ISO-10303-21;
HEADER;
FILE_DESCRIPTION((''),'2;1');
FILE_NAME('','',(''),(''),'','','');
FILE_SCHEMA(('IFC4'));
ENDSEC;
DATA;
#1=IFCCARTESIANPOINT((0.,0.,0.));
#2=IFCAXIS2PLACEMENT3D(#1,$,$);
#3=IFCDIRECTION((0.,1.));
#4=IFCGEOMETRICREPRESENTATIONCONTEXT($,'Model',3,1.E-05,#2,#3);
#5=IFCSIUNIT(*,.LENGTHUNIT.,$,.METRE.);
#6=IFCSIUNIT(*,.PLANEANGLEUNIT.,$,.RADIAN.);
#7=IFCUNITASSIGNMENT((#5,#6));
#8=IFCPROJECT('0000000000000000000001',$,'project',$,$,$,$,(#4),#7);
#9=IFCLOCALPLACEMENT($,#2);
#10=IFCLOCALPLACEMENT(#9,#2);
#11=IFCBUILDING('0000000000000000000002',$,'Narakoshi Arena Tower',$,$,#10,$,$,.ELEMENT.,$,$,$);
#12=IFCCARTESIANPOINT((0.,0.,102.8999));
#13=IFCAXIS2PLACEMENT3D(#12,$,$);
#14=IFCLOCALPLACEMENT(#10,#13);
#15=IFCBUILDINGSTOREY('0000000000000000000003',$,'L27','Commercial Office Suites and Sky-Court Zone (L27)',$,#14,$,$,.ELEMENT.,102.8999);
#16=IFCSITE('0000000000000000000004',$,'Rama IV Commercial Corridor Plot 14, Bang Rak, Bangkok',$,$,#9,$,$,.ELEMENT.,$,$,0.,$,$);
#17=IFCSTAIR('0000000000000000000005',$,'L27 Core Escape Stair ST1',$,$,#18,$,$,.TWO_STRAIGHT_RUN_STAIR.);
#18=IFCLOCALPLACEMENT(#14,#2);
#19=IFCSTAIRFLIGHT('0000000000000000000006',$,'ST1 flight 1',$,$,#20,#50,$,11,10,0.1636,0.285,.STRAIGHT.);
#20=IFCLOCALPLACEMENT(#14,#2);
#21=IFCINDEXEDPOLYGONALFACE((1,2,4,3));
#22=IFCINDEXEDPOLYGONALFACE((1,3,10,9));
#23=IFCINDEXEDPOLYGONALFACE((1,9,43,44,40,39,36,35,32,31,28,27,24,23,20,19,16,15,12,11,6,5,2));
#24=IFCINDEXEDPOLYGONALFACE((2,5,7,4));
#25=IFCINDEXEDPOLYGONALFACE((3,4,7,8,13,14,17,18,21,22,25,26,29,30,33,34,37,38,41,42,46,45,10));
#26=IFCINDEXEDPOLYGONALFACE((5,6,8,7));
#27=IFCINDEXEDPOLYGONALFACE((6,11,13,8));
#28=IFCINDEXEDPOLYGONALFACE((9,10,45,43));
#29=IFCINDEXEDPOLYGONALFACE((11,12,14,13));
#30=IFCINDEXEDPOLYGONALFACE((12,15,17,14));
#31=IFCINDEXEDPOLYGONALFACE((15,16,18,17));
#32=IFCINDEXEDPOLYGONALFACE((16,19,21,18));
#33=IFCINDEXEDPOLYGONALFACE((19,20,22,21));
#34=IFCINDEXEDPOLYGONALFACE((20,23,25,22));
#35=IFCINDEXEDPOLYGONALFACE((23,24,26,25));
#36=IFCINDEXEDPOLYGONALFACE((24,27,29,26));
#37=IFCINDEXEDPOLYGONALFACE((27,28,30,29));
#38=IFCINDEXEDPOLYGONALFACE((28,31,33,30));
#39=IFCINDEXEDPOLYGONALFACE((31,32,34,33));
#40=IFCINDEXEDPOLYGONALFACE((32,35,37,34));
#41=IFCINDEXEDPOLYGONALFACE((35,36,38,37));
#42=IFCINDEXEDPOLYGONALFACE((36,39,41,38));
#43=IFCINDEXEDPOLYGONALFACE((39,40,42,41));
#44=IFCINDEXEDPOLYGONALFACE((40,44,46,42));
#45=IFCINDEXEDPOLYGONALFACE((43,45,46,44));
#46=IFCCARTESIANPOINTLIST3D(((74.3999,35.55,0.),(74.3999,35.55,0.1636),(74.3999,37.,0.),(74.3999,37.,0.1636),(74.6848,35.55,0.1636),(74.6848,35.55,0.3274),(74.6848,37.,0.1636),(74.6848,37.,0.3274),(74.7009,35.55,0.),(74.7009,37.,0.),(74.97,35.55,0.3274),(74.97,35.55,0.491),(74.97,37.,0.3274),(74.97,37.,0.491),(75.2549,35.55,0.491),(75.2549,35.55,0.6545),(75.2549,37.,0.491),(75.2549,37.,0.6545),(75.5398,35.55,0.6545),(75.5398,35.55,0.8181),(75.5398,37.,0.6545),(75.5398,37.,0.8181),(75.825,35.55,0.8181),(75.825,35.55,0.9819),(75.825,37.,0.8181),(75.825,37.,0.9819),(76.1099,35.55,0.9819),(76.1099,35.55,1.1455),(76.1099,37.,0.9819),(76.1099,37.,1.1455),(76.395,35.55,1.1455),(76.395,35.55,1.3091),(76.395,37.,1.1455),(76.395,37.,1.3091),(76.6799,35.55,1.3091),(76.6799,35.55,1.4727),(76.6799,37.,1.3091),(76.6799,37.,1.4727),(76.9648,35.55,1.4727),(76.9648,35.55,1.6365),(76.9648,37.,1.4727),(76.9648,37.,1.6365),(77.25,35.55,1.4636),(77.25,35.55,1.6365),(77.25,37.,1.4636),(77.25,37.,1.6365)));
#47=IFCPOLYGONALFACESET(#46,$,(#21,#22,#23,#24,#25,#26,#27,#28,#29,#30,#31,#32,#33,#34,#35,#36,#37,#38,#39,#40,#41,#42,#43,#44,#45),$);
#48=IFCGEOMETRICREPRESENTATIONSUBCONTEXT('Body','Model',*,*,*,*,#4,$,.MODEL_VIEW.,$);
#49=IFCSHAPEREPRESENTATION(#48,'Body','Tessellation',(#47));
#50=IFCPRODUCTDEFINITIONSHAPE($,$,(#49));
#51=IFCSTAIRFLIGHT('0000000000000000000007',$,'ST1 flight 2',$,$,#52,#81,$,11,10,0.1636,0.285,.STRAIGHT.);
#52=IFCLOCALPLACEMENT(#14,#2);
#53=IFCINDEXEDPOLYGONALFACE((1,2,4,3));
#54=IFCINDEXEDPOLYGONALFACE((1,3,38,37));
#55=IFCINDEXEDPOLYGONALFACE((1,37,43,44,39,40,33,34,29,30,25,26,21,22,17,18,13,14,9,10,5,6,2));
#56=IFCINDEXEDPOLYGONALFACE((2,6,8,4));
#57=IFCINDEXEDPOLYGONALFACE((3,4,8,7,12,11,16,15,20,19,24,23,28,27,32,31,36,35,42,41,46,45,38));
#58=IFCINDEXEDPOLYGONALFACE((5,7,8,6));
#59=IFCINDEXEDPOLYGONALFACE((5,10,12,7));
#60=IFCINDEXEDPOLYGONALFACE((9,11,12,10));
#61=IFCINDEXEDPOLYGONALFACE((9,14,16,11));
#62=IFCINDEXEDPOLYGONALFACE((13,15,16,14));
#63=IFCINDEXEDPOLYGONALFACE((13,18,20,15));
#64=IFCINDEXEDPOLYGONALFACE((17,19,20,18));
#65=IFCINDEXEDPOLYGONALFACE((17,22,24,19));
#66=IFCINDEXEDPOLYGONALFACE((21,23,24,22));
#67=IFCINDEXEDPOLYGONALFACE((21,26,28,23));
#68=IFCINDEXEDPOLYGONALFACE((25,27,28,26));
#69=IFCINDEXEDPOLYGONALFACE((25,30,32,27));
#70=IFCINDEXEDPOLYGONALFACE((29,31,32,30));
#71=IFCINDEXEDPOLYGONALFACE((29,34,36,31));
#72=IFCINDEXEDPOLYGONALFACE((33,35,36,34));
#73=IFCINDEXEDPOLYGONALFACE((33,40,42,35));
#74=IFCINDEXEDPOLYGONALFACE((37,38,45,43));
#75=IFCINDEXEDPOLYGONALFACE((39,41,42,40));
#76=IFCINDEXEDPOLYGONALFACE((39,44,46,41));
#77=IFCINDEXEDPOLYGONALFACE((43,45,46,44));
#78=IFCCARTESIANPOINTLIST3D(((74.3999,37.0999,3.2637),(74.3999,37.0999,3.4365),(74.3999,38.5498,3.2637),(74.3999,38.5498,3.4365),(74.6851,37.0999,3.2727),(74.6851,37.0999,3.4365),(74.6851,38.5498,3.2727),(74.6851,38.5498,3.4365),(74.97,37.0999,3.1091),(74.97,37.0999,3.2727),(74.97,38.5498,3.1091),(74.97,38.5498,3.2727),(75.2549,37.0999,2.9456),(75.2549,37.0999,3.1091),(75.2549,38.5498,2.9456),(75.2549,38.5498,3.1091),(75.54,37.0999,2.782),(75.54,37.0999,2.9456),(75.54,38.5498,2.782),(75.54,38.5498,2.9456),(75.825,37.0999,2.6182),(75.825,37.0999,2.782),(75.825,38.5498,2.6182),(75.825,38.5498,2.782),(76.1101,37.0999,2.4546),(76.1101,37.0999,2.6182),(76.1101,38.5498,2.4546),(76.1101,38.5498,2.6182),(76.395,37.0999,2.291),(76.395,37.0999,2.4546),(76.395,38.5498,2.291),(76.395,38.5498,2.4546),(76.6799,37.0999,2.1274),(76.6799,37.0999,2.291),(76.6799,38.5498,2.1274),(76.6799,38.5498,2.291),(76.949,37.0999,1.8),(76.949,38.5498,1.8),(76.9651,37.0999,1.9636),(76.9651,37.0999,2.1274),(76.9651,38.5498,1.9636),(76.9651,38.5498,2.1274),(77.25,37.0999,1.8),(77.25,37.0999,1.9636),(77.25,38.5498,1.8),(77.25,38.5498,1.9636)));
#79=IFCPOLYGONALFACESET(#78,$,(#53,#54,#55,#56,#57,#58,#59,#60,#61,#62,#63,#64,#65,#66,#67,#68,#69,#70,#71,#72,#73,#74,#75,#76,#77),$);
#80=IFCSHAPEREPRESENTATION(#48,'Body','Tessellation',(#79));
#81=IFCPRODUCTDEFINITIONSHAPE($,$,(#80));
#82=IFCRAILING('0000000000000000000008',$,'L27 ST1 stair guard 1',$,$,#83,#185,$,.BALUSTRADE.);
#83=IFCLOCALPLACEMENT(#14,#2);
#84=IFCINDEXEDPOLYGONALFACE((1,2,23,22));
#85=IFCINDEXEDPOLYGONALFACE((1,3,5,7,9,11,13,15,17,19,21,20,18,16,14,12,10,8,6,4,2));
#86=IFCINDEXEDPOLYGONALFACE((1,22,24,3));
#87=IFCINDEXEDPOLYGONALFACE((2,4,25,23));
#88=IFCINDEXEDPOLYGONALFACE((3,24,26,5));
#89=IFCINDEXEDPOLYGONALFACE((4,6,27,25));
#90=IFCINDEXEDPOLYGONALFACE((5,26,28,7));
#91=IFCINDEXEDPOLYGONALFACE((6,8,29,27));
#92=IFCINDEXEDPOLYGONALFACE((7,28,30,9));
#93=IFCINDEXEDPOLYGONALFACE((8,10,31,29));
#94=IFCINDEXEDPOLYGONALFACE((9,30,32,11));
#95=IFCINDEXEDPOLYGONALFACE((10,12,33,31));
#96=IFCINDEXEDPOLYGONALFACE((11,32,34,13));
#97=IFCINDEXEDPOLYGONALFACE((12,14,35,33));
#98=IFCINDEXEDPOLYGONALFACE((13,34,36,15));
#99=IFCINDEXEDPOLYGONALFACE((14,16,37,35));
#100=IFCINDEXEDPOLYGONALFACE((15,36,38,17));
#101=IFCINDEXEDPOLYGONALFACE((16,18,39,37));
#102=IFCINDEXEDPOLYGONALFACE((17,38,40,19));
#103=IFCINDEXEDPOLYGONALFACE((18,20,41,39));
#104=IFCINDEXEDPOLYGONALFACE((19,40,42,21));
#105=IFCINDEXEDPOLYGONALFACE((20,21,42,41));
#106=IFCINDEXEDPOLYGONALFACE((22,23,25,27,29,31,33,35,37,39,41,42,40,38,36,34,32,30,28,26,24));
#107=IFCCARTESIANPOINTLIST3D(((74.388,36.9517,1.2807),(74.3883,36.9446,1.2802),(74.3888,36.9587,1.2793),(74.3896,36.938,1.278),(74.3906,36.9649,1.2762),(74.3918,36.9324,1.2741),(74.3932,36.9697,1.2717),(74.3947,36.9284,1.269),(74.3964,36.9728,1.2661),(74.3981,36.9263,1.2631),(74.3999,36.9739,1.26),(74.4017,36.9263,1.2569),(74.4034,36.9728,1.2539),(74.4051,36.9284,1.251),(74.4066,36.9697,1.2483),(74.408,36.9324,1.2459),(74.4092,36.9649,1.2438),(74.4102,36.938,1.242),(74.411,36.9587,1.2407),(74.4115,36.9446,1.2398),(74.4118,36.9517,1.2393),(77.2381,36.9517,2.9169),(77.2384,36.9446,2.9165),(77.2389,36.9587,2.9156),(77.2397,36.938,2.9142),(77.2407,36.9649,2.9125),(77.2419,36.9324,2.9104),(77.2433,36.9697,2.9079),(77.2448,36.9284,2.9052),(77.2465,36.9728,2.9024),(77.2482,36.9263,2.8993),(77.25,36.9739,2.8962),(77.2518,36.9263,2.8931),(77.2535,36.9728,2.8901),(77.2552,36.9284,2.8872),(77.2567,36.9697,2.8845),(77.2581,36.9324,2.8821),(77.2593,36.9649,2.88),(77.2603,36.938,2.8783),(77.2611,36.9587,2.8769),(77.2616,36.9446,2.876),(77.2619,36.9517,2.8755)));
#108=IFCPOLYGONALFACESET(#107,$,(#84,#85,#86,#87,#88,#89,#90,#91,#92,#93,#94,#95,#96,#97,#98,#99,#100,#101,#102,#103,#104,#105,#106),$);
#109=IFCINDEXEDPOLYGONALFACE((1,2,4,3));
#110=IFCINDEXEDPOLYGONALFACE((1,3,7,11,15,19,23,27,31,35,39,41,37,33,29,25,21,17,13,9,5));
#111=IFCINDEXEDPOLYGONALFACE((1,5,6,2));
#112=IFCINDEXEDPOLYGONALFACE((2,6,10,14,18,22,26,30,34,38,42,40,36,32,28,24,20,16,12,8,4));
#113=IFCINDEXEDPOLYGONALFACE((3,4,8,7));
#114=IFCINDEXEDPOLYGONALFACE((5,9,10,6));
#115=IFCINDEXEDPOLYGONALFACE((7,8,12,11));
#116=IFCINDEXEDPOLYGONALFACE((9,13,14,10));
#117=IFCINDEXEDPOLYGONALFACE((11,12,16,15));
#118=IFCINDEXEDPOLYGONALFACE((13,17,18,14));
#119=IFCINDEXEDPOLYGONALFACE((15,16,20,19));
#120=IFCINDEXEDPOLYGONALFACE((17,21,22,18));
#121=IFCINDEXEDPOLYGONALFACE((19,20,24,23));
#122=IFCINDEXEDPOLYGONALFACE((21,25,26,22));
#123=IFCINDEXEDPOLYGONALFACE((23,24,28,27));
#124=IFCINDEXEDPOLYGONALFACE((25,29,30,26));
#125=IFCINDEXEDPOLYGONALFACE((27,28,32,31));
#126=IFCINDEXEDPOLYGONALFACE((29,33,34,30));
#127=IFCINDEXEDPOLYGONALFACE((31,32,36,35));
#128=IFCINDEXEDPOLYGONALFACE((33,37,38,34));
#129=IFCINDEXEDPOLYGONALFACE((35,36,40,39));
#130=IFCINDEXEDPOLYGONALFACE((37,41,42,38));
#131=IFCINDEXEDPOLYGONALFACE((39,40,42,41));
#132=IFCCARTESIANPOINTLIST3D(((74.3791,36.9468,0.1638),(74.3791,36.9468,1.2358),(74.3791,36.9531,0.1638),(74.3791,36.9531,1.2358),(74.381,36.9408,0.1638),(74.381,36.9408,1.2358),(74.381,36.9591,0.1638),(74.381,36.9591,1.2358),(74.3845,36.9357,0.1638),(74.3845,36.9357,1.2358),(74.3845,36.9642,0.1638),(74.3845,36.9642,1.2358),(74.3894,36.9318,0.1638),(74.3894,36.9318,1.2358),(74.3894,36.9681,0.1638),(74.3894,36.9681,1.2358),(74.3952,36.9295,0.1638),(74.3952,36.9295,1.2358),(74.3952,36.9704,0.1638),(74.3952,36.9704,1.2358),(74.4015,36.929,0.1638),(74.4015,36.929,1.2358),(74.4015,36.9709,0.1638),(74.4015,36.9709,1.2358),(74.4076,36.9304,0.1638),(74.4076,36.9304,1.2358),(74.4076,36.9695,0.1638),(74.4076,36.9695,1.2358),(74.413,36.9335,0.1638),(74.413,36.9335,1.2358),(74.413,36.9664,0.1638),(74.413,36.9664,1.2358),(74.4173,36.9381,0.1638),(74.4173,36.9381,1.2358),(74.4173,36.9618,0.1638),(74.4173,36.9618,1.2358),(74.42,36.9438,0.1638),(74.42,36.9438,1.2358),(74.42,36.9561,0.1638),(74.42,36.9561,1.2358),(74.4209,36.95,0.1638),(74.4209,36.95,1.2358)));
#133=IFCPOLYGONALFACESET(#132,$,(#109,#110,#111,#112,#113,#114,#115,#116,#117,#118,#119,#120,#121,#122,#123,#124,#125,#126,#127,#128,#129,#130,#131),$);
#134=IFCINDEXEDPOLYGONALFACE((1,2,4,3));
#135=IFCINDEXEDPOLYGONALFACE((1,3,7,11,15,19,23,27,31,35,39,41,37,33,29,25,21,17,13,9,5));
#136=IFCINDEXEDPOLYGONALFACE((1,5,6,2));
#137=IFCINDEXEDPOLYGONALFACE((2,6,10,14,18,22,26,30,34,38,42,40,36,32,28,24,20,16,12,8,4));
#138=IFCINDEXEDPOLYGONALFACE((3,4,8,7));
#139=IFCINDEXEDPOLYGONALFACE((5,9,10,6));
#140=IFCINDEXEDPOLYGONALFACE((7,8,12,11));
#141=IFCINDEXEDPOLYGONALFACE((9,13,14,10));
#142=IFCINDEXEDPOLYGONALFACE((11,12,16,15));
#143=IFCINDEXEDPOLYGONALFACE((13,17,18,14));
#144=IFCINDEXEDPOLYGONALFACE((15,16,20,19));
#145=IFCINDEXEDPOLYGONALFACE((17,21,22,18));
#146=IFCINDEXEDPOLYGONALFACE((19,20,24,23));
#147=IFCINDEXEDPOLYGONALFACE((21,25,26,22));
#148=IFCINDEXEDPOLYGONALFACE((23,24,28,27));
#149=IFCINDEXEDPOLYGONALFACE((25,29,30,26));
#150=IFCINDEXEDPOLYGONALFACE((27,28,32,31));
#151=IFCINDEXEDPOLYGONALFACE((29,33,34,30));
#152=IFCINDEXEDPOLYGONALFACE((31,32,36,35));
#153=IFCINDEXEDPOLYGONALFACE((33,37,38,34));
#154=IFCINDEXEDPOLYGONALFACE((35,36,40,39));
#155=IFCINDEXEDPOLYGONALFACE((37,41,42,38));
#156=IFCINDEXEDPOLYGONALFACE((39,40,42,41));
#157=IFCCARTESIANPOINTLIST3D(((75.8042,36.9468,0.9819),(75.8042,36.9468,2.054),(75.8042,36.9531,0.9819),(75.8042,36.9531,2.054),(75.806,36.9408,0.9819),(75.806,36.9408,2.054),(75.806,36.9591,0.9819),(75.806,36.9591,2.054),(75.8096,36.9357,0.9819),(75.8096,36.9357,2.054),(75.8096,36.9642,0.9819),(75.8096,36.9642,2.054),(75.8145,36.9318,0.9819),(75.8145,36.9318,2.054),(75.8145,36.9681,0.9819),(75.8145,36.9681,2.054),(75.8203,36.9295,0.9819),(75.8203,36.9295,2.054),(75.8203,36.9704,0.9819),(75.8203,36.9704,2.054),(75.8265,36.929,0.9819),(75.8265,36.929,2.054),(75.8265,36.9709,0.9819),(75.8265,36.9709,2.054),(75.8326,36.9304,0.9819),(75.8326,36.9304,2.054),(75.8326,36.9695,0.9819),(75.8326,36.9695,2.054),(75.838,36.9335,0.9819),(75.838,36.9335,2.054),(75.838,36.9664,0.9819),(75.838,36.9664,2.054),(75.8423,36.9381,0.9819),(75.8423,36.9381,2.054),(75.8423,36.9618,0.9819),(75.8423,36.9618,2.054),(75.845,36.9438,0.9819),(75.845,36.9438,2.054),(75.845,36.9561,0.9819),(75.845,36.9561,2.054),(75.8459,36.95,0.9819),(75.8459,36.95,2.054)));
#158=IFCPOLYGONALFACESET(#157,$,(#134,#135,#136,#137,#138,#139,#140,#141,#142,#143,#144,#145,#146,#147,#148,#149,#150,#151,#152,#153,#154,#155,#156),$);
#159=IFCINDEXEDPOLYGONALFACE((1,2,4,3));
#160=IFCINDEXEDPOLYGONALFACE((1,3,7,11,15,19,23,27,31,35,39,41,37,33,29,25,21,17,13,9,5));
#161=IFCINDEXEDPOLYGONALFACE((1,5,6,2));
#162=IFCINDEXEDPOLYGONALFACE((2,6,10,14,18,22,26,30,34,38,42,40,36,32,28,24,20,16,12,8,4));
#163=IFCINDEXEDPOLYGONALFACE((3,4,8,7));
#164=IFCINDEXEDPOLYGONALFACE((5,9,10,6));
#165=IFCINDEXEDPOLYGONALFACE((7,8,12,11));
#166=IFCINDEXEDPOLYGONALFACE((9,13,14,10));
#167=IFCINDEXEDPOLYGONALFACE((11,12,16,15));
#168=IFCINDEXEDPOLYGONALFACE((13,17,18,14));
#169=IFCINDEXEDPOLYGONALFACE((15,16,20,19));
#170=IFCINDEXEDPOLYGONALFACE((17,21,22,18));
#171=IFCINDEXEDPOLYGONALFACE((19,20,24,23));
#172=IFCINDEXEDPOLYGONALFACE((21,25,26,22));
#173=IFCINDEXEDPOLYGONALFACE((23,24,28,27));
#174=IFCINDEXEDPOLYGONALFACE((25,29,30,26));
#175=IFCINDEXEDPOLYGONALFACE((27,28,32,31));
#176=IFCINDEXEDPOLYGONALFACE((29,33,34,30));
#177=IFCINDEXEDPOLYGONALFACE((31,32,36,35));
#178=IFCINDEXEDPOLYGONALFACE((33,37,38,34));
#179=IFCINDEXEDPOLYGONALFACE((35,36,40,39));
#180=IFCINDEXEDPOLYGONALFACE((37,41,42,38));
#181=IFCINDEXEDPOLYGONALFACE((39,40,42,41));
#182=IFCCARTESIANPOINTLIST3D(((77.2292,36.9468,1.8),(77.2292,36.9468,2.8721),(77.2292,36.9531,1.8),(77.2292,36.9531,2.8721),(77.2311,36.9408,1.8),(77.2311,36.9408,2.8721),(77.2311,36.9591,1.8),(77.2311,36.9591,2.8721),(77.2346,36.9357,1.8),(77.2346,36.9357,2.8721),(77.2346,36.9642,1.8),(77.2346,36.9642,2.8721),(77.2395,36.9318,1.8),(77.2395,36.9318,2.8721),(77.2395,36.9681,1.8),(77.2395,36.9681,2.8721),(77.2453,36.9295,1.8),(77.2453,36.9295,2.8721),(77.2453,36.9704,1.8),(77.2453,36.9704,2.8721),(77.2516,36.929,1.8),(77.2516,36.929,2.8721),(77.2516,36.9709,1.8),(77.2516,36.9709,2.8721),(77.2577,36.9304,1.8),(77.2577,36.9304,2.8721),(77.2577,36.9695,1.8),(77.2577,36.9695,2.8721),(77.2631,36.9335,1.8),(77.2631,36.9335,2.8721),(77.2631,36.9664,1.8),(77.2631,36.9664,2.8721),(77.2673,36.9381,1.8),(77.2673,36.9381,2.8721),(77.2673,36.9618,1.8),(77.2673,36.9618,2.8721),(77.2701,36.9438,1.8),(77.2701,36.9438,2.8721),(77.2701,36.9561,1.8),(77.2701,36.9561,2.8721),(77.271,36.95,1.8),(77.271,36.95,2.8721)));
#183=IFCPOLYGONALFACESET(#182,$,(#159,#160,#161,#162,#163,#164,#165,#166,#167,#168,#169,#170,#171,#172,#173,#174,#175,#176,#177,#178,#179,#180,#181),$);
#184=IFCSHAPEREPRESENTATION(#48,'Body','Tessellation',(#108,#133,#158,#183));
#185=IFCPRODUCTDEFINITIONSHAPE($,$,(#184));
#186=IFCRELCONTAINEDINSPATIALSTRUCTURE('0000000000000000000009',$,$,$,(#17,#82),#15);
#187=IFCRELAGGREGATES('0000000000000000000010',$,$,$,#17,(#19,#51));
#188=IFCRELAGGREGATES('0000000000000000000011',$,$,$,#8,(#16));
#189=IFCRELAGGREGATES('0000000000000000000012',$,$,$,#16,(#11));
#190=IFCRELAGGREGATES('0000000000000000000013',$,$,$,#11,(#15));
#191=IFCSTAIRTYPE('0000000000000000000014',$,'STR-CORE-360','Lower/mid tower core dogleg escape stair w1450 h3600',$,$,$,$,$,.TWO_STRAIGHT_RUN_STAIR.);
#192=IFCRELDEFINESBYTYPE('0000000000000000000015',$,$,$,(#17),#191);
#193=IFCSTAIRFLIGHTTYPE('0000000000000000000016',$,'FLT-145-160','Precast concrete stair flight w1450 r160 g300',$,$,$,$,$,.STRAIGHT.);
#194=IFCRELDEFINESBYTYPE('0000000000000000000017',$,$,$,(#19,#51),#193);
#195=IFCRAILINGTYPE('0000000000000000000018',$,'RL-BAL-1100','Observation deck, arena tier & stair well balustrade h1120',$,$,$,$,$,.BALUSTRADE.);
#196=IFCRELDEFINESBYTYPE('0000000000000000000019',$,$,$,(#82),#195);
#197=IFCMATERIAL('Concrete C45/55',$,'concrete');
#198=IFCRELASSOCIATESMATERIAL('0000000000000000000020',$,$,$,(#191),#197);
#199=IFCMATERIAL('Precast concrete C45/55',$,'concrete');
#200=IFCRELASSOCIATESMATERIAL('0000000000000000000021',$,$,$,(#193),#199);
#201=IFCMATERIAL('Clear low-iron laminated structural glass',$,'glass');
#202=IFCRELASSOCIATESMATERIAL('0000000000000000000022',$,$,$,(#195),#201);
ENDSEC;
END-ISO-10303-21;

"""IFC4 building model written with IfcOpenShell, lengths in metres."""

from ifc_helpers import new_model, si_unit, direction, frame, origin, origin_2d, place, context, subcontext, project, spatial, polyline, circle, outline, extrude, material, type_object, element, aggregate, save


model = new_model("IFC4")

# Units and contexts
model_context = context("Model", 3, precision=1e-05, world=origin(), true_north=direction((0.0, 1.0)))
body_context = subcontext(model_context, "Body", "Model", "MODEL_VIEW")
ifc_project = project(units=[si_unit("LENGTHUNIT", "METRE"), si_unit("PLANEANGLEUNIT", "RADIAN")], contexts=[model_context])

# Site, building, storey
site_placement = place(None, origin())
site = spatial("IfcSite", under=ifc_project, at=site_placement, Name="Rama IV Commercial Corridor Plot 14, Bang Rak, Bangkok", CompositionType="ELEMENT", RefElevation=0.0)
building_placement = place(site_placement, origin())
building = spatial("IfcBuilding", under=site, at=building_placement, Name="Narakoshi Arena Tower", CompositionType="ELEMENT")
storey_placement = place(building_placement, frame((0.0, 0.0, 102.8999)))
storey = spatial("IfcBuildingStorey", under=building, at=storey_placement, Name="L27", Description="Commercial Office Suites and Sky-Court Zone (L27)", CompositionType="ELEMENT", Elevation=102.8999)

# Stair, stair flights
ifc_material_1 = material(Name="Concrete C45/55", Category="concrete")
stair_type = type_object("IfcStairType", Name="STR-CORE-360", Description="Lower/mid tower core dogleg escape stair w1450 h3600", PredefinedType="TWO_STRAIGHT_RUN_STAIR", material=ifc_material_1)
stair_placement = place(storey_placement, origin())
stair = element("IfcStair", 1, at=stair_placement, inside=storey, type_object=stair_type, Name="L27 Core Escape Stair ST1", PredefinedType="TWO_STRAIGHT_RUN_STAIR")
ifc_material_2 = material(Name="Precast concrete C45/55", Category="concrete")
stair_flight_type = type_object("IfcStairFlightType", Name="FLT-145-160", Description="Precast concrete stair flight w1450 r160 g300", PredefinedType="STRAIGHT", material=ifc_material_2)
stair_flight_1_placement = place(storey_placement, frame((74.3999, 36.2749, 0.0), z_axis=(0.0, 0.0, 1.0), x_axis=(1.0, 0.0, 0.0)))
stair_flight_1 = element("IfcStairFlight", 2, at=stair_flight_1_placement, type_object=stair_flight_type, Name="ST1 flight 1", NumberOfRisers=11, NumberOfTreads=10, PredefinedType="STRAIGHT", RiserHeight=0.1636, TreadLength=0.285, context=body_context, shape_type="SweptSolid", body=[
    extrude(outline(polyline([(0.0, 0.0), (0.0, 0.1636), (0.2849, 0.1636), (0.2849, 0.3274), (0.5701, 0.3274), (0.5701, 0.491), (0.855, 0.491), (0.855, 0.6545), (1.1399, 0.6545), (1.1399, 0.8181), (1.425, 0.8181), (1.425, 0.9819), (1.71, 0.9819), (1.71, 1.1455), (1.9951, 1.1455), (1.9951, 1.3091), (2.28, 1.3091), (2.28, 1.4727), (2.5649, 1.4727), (2.5649, 1.6365), (2.8501, 1.6365), (2.8501, 1.8), (2.8501, 1.4636), (0.301, 0.0), (0.0, 0.0)])), frame((0.0, 0.7251, 0.0), z_axis=(0.0, -1.0, 0.0), x_axis=(1.0, 0.0, 0.0)), (0.0, 0.0, 1.0), 1.45),
])
stair_flight_2_placement = place(storey_placement, frame((77.25, 37.825, 1.8), z_axis=(0.0, 0.0, 1.0), x_axis=(-1.0, 0.0, 0.0)))
stair_flight_2 = element("IfcStairFlight", 3, at=stair_flight_2_placement, type_object=stair_flight_type, Name="ST1 flight 2", NumberOfRisers=11, NumberOfTreads=10, PredefinedType="STRAIGHT", RiserHeight=0.1636, TreadLength=0.285, context=body_context, shape_type="SweptSolid", body=[
    extrude(outline(polyline([(0.0, 0.0), (0.0, 0.1636), (0.2849, 0.1636), (0.2849, 0.3274), (0.5701, 0.3274), (0.5701, 0.491), (0.855, 0.491), (0.855, 0.6545), (1.1399, 0.6545), (1.1399, 0.8181), (1.425, 0.8181), (1.425, 0.9819), (1.71, 0.9819), (1.71, 1.1455), (1.9951, 1.1455), (1.9951, 1.3091), (2.28, 1.3091), (2.28, 1.4727), (2.5649, 1.4727), (2.5649, 1.6365), (2.8501, 1.6365), (2.8501, 1.8), (2.8501, 1.4636), (0.301, 0.0), (0.0, 0.0)])), frame((0.0, 0.7251, 0.0), z_axis=(0.0, -1.0, 0.0), x_axis=(1.0, 0.0, 0.0)), (0.0, 0.0, 1.0), 1.45),
])
aggregate(stair, [stair_flight_1, stair_flight_2])

# Railing
ifc_material_3 = material(Name="Clear low-iron laminated structural glass", Category="glass")
railing_type_1 = type_object("IfcRailingType", Name="RL-BAL-1100", Description="Observation deck, arena tier & stair well balustrade h1120", PredefinedType="BALUSTRADE", material=ifc_material_3)
railing_1_placement = place(storey_placement, frame((74.3999, 36.95, 0.1638)))
element("IfcRailing", 4, at=railing_1_placement, inside=storey, type_object=railing_type_1, Name="L27 ST1 stair guard 1", PredefinedType="BALUSTRADE", context=body_context, shape_type="SweptSolid", body=[
    extrude(circle(Radius=0.0239, at=origin_2d()), frame((0.0, 0.0, 1.0962), z_axis=(0.867245, 0.0, 0.497882), x_axis=(0.0, 1.0, 0.0)), (0.0, 0.0, 1.0), 3.2864),
    extrude(circle(Radius=0.021, at=origin_2d()), origin(), (0.0, 0.0, 1.0), 1.072),
    extrude(circle(Radius=0.021, at=origin_2d()), frame((1.425, 0.0, 0.8181)), (0.0, 0.0, 1.0), 1.072),
    extrude(circle(Radius=0.021, at=origin_2d()), frame((2.8501, 0.0, 1.6362)), (0.0, 0.0, 1.0), 1.072),
])

save(model, "model.ifc")
